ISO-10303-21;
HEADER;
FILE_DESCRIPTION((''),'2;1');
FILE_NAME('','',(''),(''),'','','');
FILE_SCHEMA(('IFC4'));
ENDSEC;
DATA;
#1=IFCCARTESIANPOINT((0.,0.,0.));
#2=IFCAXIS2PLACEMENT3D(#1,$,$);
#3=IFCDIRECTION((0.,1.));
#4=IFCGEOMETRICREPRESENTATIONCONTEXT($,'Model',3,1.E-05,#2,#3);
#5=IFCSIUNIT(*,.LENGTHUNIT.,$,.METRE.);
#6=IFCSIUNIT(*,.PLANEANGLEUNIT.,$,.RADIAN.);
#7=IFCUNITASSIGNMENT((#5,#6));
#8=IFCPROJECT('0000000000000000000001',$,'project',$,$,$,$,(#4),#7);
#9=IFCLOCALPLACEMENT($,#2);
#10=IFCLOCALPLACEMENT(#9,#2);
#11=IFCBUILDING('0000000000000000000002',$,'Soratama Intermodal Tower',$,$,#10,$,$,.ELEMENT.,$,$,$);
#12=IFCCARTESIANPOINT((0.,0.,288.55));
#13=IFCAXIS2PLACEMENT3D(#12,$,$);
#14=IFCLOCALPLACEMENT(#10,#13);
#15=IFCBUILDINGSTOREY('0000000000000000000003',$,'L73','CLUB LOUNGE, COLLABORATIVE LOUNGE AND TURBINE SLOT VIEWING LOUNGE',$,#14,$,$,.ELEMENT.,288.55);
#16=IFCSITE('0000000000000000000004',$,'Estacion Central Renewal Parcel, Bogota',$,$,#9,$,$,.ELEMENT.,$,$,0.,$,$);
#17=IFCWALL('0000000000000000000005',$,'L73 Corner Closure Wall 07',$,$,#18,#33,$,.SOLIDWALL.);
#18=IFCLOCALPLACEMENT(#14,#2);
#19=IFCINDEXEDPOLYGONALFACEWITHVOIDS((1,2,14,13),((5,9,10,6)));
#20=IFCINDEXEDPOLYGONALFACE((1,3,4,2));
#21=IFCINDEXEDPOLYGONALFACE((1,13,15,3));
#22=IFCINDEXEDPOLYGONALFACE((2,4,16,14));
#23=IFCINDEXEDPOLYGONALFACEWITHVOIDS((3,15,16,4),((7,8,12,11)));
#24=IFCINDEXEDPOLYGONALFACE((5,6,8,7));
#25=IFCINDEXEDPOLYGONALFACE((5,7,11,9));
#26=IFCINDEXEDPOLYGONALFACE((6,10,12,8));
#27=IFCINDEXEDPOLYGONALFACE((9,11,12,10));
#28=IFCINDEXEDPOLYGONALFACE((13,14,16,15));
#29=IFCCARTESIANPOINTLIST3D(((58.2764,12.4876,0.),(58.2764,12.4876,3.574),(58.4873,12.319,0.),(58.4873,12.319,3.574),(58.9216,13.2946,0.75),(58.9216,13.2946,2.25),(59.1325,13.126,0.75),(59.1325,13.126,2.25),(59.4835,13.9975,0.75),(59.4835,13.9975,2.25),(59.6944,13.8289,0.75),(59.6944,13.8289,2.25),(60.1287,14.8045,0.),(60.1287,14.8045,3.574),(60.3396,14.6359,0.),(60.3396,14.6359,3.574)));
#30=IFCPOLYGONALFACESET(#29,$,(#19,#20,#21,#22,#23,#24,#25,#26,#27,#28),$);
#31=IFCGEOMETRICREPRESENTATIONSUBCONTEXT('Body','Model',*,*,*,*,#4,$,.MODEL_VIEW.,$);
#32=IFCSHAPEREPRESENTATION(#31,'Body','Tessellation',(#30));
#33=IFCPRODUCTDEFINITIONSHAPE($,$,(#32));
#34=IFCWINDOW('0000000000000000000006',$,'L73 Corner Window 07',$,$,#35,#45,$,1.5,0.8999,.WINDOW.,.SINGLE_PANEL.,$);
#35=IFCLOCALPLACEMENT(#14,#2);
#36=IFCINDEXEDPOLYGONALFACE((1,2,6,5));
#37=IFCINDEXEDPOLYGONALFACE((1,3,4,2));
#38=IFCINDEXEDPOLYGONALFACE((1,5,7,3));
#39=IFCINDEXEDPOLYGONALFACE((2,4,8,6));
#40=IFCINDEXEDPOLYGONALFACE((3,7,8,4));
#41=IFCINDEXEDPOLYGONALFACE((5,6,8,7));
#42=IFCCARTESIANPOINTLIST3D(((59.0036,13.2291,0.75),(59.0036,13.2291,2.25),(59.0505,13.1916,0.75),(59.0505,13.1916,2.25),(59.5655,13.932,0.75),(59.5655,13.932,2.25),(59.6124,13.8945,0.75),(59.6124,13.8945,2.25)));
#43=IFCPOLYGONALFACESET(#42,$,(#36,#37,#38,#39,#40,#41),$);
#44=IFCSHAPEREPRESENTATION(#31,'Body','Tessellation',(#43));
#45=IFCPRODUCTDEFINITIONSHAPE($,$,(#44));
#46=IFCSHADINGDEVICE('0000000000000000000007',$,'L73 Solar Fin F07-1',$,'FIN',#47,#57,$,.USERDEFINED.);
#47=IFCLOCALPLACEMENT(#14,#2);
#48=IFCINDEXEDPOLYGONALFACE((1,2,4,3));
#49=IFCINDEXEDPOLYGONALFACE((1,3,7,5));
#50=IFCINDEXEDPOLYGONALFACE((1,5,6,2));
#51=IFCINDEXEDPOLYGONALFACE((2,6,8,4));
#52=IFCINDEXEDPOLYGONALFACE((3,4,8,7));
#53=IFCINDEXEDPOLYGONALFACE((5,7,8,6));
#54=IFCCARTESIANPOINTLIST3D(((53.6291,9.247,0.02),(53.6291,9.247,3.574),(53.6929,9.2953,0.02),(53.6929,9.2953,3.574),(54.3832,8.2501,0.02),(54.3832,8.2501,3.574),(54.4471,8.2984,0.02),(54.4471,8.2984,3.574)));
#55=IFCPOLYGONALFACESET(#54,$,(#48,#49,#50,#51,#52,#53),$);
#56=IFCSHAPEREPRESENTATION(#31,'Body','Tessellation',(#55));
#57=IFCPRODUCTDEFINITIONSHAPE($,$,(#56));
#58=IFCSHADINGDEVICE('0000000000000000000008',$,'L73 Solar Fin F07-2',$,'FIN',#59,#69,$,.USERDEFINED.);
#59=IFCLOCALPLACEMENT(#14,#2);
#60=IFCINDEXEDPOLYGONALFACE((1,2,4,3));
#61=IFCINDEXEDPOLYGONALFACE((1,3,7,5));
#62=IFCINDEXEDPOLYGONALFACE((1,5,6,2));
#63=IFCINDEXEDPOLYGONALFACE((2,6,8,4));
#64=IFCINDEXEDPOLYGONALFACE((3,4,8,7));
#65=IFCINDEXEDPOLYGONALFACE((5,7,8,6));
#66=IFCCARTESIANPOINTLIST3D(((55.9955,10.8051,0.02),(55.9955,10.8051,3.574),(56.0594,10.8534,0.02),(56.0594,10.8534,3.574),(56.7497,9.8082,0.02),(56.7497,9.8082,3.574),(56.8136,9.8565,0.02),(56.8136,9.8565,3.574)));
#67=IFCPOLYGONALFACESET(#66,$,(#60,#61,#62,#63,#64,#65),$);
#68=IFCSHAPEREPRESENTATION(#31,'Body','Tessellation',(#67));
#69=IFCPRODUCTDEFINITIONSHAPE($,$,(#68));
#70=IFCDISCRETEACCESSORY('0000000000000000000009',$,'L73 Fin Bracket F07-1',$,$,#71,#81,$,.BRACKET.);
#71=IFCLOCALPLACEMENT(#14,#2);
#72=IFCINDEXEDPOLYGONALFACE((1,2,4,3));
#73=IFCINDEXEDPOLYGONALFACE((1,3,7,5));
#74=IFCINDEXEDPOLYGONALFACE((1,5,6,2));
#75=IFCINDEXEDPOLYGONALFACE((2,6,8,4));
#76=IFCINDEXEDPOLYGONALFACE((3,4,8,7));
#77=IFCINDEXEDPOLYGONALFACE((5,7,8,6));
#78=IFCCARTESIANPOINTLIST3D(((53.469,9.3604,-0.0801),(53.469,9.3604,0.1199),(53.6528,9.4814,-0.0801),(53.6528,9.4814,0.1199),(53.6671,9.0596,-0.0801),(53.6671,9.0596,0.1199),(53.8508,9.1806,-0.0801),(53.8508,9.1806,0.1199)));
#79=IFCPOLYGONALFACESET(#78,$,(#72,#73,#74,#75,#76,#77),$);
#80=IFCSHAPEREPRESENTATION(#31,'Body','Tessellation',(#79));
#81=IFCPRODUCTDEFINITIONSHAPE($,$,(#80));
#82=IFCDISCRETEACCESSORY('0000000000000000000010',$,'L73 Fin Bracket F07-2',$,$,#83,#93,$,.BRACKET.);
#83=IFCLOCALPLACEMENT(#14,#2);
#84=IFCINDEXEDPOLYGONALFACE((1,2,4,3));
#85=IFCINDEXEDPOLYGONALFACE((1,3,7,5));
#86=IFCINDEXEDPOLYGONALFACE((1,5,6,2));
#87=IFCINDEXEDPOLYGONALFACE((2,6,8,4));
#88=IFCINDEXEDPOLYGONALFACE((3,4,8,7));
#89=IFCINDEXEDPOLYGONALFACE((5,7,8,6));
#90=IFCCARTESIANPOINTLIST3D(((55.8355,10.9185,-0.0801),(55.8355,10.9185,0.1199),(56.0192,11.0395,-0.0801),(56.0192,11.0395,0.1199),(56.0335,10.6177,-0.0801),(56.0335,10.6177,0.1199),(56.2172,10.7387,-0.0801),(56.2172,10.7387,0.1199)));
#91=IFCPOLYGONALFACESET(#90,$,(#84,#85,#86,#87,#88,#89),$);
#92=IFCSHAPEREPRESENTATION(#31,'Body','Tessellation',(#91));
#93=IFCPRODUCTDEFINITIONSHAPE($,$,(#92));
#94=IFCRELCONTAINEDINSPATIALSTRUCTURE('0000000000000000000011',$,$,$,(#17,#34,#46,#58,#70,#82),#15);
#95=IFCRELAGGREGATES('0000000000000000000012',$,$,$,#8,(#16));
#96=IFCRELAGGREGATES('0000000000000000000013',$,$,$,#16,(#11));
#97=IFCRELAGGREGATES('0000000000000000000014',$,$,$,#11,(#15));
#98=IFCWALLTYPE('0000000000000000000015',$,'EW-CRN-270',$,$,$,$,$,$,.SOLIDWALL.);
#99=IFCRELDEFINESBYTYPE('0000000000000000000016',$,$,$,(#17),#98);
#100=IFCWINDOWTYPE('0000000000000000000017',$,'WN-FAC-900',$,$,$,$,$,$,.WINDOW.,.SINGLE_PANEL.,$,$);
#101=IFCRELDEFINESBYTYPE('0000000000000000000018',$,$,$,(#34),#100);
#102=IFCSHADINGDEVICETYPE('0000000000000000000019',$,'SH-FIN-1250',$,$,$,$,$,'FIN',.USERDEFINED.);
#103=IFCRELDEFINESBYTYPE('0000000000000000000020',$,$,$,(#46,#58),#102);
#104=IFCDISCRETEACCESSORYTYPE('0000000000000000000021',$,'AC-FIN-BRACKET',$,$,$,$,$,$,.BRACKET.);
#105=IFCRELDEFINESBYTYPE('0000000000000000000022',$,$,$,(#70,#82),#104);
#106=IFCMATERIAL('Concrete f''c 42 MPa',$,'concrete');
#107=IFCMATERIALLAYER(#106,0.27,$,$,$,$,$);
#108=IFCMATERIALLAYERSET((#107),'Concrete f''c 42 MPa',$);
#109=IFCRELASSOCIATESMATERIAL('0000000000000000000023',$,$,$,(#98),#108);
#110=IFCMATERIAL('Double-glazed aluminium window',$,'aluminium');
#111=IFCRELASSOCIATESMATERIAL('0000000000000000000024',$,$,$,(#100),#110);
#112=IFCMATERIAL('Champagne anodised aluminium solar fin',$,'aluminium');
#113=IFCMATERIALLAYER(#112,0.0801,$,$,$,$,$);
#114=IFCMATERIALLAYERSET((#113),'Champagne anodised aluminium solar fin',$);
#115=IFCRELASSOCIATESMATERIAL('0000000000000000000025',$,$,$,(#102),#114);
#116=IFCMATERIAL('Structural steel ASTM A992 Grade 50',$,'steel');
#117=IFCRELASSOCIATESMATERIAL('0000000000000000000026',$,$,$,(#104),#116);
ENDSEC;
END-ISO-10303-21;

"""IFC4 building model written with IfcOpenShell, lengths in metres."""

from ifc_helpers import new_model, si_unit, direction, frame, frame_2d, origin, origin_2d, place, context, subcontext, project, spatial, rectangle, extrude, material, layer, layer_set, type_object, element, fill, save


model = new_model("IFC4")

# Units and contexts
model_context = context("Model", 3, precision=1e-05, world=origin(), true_north=direction((0.0, 1.0)))
body_context = subcontext(model_context, "Body", "Model", "MODEL_VIEW")
ifc_project = project(units=[si_unit("LENGTHUNIT", "METRE"), si_unit("PLANEANGLEUNIT", "RADIAN")], contexts=[model_context])

# Site, building, storey
site_placement = place(None, origin())
site = spatial("IfcSite", under=ifc_project, at=site_placement, Name="Estacion Central Renewal Parcel, Bogota", CompositionType="ELEMENT", RefElevation=0.0)
building_placement = place(site_placement, origin())
building = spatial("IfcBuilding", under=site, at=building_placement, Name="Soratama Intermodal Tower", CompositionType="ELEMENT")
storey_placement = place(building_placement, frame((0.0, 0.0, 288.55)))
storey = spatial("IfcBuildingStorey", under=building, at=storey_placement, Name="L73", Description="CLUB LOUNGE, COLLABORATIVE LOUNGE AND TURBINE SLOT VIEWING LOUNGE", CompositionType="ELEMENT", Elevation=288.55)

# Wall, opening, window
ifc_material_1 = material(Name="Concrete f'c 42 MPa", Category="concrete")
ifc_layer_1 = layer(ifc_material_1, 0.27)
ifc_layer_set_1 = layer_set([ifc_layer_1], Name="Concrete f'c 42 MPa")
wall_type = type_object("IfcWallType", Name="EW-CRN-270", PredefinedType="SOLIDWALL", material=ifc_layer_set_1)
wall_placement = place(storey_placement, frame((58.3818, 12.4033, 0.0), z_axis=(0.0, 0.0, 1.0), x_axis=(0.624444, 0.78107, 0.0)))
wall = element("IfcWall", 1, at=wall_placement, inside=storey, type_object=wall_type, Name="L73 Corner Closure Wall 07", PredefinedType="SOLIDWALL", context=body_context, shape_type="SweptSolid", body=[
    extrude(rectangle(XDim=2.9663, YDim=0.27, at=frame_2d((1.4832, 0.0))), origin(), (0.0, 0.0, 1.0), 3.574),
])
opening_placement = place(wall_placement, frame((1.0332, 0.0, 0.75)))
opening = element("IfcOpeningElement", 2, at=opening_placement, cuts=wall, PredefinedType="OPENING", context=body_context, shape_type="SweptSolid", body=[
    extrude(rectangle(XDim=0.8999, YDim=1.5, at=frame_2d((0.45, 0.75))), frame((0.0, 0.145, 0.0), z_axis=(0.0, -1.0, 0.0), x_axis=(1.0, 0.0, 0.0)), (0.0, 0.0, 1.0), 0.29),
])
ifc_material_2 = material(Name="Double-glazed aluminium window", Category="aluminium")
window_type = type_object("IfcWindowType", Name="WN-FAC-900", PartitioningType="SINGLE_PANEL", PredefinedType="WINDOW", material=ifc_material_2)
window_placement = place(opening_placement, origin())
window = element("IfcWindow", 3, at=window_placement, inside=storey, type_object=window_type, Name="L73 Corner Window 07", OverallHeight=1.5, OverallWidth=0.8999, PartitioningType="SINGLE_PANEL", PredefinedType="WINDOW", context=body_context, shape_type="SweptSolid", body=[
    extrude(rectangle(XDim=0.8999, YDim=1.5, at=frame_2d((0.45, 0.75))), frame((0.0, 0.03, 0.0), z_axis=(0.0, -1.0, 0.0), x_axis=(1.0, 0.0, 0.0)), (0.0, 0.0, 1.0), 0.0601),
])
fill(opening, window)

# Shading devices
ifc_material_3 = material(Name="Champagne anodised aluminium solar fin", Category="aluminium")
ifc_layer_2 = layer(ifc_material_3, 0.0801)
ifc_layer_set_2 = layer_set([ifc_layer_2], Name="Champagne anodised aluminium solar fin")
shading_device_type = type_object("IfcShadingDeviceType", Name="SH-FIN-1250", ElementType="FIN", PredefinedType="USERDEFINED", material=ifc_layer_set_2)
for number, where, z_axis, x_axis, name in (
    (4, (54.0381, 8.7727, 0.02), (0.0, 0.0, 1.0), (0.603347, -0.797479, 0.0), "L73 Solar Fin F07-1"),
    (5, (56.4045, 10.3308, 0.02), (0.0, 0.0, 1.0), (0.603347, -0.797479, 0.0), "L73 Solar Fin F07-2"),
):
    element("IfcShadingDevice", number, at=place(storey_placement, frame(where, z_axis=z_axis, x_axis=x_axis)), inside=storey, type_object=shading_device_type, Name=name, ObjectType="FIN", PredefinedType="USERDEFINED", context=body_context, shape_type="SweptSolid", body=[
        extrude(rectangle(XDim=1.25, YDim=0.0801, at=origin_2d()), origin(), (0.0, 0.0, 1.0), 3.554),
    ])

# Discrete accessories
ifc_material_4 = material(Name="Structural steel ASTM A992 Grade 50", Category="steel")
discrete_accessory_type = type_object("IfcDiscreteAccessoryType", Name="AC-FIN-BRACKET", PredefinedType="BRACKET", material=ifc_material_4)
for number, where, z_axis, x_axis, name in (
    (6, (53.6599, 9.2705, -0.0801), (0.0, 0.0, 1.0), (0.549898, -0.835232, 0.0), "L73 Fin Bracket F07-1"),
    (7, (56.0264, 10.8286, -0.0801), (0.0, 0.0, 1.0), (0.549898, -0.835232, 0.0), "L73 Fin Bracket F07-2"),
):
    element("IfcDiscreteAccessory", number, at=place(storey_placement, frame(where, z_axis=z_axis, x_axis=x_axis)), inside=storey, type_object=discrete_accessory_type, Name=name, PredefinedType="BRACKET", context=body_context, shape_type="SweptSolid", body=[
        extrude(rectangle(XDim=0.3601, YDim=0.22, at=origin_2d()), origin(), (0.0, 0.0, 1.0), 0.2),
    ])

save(model, "model.ifc")
